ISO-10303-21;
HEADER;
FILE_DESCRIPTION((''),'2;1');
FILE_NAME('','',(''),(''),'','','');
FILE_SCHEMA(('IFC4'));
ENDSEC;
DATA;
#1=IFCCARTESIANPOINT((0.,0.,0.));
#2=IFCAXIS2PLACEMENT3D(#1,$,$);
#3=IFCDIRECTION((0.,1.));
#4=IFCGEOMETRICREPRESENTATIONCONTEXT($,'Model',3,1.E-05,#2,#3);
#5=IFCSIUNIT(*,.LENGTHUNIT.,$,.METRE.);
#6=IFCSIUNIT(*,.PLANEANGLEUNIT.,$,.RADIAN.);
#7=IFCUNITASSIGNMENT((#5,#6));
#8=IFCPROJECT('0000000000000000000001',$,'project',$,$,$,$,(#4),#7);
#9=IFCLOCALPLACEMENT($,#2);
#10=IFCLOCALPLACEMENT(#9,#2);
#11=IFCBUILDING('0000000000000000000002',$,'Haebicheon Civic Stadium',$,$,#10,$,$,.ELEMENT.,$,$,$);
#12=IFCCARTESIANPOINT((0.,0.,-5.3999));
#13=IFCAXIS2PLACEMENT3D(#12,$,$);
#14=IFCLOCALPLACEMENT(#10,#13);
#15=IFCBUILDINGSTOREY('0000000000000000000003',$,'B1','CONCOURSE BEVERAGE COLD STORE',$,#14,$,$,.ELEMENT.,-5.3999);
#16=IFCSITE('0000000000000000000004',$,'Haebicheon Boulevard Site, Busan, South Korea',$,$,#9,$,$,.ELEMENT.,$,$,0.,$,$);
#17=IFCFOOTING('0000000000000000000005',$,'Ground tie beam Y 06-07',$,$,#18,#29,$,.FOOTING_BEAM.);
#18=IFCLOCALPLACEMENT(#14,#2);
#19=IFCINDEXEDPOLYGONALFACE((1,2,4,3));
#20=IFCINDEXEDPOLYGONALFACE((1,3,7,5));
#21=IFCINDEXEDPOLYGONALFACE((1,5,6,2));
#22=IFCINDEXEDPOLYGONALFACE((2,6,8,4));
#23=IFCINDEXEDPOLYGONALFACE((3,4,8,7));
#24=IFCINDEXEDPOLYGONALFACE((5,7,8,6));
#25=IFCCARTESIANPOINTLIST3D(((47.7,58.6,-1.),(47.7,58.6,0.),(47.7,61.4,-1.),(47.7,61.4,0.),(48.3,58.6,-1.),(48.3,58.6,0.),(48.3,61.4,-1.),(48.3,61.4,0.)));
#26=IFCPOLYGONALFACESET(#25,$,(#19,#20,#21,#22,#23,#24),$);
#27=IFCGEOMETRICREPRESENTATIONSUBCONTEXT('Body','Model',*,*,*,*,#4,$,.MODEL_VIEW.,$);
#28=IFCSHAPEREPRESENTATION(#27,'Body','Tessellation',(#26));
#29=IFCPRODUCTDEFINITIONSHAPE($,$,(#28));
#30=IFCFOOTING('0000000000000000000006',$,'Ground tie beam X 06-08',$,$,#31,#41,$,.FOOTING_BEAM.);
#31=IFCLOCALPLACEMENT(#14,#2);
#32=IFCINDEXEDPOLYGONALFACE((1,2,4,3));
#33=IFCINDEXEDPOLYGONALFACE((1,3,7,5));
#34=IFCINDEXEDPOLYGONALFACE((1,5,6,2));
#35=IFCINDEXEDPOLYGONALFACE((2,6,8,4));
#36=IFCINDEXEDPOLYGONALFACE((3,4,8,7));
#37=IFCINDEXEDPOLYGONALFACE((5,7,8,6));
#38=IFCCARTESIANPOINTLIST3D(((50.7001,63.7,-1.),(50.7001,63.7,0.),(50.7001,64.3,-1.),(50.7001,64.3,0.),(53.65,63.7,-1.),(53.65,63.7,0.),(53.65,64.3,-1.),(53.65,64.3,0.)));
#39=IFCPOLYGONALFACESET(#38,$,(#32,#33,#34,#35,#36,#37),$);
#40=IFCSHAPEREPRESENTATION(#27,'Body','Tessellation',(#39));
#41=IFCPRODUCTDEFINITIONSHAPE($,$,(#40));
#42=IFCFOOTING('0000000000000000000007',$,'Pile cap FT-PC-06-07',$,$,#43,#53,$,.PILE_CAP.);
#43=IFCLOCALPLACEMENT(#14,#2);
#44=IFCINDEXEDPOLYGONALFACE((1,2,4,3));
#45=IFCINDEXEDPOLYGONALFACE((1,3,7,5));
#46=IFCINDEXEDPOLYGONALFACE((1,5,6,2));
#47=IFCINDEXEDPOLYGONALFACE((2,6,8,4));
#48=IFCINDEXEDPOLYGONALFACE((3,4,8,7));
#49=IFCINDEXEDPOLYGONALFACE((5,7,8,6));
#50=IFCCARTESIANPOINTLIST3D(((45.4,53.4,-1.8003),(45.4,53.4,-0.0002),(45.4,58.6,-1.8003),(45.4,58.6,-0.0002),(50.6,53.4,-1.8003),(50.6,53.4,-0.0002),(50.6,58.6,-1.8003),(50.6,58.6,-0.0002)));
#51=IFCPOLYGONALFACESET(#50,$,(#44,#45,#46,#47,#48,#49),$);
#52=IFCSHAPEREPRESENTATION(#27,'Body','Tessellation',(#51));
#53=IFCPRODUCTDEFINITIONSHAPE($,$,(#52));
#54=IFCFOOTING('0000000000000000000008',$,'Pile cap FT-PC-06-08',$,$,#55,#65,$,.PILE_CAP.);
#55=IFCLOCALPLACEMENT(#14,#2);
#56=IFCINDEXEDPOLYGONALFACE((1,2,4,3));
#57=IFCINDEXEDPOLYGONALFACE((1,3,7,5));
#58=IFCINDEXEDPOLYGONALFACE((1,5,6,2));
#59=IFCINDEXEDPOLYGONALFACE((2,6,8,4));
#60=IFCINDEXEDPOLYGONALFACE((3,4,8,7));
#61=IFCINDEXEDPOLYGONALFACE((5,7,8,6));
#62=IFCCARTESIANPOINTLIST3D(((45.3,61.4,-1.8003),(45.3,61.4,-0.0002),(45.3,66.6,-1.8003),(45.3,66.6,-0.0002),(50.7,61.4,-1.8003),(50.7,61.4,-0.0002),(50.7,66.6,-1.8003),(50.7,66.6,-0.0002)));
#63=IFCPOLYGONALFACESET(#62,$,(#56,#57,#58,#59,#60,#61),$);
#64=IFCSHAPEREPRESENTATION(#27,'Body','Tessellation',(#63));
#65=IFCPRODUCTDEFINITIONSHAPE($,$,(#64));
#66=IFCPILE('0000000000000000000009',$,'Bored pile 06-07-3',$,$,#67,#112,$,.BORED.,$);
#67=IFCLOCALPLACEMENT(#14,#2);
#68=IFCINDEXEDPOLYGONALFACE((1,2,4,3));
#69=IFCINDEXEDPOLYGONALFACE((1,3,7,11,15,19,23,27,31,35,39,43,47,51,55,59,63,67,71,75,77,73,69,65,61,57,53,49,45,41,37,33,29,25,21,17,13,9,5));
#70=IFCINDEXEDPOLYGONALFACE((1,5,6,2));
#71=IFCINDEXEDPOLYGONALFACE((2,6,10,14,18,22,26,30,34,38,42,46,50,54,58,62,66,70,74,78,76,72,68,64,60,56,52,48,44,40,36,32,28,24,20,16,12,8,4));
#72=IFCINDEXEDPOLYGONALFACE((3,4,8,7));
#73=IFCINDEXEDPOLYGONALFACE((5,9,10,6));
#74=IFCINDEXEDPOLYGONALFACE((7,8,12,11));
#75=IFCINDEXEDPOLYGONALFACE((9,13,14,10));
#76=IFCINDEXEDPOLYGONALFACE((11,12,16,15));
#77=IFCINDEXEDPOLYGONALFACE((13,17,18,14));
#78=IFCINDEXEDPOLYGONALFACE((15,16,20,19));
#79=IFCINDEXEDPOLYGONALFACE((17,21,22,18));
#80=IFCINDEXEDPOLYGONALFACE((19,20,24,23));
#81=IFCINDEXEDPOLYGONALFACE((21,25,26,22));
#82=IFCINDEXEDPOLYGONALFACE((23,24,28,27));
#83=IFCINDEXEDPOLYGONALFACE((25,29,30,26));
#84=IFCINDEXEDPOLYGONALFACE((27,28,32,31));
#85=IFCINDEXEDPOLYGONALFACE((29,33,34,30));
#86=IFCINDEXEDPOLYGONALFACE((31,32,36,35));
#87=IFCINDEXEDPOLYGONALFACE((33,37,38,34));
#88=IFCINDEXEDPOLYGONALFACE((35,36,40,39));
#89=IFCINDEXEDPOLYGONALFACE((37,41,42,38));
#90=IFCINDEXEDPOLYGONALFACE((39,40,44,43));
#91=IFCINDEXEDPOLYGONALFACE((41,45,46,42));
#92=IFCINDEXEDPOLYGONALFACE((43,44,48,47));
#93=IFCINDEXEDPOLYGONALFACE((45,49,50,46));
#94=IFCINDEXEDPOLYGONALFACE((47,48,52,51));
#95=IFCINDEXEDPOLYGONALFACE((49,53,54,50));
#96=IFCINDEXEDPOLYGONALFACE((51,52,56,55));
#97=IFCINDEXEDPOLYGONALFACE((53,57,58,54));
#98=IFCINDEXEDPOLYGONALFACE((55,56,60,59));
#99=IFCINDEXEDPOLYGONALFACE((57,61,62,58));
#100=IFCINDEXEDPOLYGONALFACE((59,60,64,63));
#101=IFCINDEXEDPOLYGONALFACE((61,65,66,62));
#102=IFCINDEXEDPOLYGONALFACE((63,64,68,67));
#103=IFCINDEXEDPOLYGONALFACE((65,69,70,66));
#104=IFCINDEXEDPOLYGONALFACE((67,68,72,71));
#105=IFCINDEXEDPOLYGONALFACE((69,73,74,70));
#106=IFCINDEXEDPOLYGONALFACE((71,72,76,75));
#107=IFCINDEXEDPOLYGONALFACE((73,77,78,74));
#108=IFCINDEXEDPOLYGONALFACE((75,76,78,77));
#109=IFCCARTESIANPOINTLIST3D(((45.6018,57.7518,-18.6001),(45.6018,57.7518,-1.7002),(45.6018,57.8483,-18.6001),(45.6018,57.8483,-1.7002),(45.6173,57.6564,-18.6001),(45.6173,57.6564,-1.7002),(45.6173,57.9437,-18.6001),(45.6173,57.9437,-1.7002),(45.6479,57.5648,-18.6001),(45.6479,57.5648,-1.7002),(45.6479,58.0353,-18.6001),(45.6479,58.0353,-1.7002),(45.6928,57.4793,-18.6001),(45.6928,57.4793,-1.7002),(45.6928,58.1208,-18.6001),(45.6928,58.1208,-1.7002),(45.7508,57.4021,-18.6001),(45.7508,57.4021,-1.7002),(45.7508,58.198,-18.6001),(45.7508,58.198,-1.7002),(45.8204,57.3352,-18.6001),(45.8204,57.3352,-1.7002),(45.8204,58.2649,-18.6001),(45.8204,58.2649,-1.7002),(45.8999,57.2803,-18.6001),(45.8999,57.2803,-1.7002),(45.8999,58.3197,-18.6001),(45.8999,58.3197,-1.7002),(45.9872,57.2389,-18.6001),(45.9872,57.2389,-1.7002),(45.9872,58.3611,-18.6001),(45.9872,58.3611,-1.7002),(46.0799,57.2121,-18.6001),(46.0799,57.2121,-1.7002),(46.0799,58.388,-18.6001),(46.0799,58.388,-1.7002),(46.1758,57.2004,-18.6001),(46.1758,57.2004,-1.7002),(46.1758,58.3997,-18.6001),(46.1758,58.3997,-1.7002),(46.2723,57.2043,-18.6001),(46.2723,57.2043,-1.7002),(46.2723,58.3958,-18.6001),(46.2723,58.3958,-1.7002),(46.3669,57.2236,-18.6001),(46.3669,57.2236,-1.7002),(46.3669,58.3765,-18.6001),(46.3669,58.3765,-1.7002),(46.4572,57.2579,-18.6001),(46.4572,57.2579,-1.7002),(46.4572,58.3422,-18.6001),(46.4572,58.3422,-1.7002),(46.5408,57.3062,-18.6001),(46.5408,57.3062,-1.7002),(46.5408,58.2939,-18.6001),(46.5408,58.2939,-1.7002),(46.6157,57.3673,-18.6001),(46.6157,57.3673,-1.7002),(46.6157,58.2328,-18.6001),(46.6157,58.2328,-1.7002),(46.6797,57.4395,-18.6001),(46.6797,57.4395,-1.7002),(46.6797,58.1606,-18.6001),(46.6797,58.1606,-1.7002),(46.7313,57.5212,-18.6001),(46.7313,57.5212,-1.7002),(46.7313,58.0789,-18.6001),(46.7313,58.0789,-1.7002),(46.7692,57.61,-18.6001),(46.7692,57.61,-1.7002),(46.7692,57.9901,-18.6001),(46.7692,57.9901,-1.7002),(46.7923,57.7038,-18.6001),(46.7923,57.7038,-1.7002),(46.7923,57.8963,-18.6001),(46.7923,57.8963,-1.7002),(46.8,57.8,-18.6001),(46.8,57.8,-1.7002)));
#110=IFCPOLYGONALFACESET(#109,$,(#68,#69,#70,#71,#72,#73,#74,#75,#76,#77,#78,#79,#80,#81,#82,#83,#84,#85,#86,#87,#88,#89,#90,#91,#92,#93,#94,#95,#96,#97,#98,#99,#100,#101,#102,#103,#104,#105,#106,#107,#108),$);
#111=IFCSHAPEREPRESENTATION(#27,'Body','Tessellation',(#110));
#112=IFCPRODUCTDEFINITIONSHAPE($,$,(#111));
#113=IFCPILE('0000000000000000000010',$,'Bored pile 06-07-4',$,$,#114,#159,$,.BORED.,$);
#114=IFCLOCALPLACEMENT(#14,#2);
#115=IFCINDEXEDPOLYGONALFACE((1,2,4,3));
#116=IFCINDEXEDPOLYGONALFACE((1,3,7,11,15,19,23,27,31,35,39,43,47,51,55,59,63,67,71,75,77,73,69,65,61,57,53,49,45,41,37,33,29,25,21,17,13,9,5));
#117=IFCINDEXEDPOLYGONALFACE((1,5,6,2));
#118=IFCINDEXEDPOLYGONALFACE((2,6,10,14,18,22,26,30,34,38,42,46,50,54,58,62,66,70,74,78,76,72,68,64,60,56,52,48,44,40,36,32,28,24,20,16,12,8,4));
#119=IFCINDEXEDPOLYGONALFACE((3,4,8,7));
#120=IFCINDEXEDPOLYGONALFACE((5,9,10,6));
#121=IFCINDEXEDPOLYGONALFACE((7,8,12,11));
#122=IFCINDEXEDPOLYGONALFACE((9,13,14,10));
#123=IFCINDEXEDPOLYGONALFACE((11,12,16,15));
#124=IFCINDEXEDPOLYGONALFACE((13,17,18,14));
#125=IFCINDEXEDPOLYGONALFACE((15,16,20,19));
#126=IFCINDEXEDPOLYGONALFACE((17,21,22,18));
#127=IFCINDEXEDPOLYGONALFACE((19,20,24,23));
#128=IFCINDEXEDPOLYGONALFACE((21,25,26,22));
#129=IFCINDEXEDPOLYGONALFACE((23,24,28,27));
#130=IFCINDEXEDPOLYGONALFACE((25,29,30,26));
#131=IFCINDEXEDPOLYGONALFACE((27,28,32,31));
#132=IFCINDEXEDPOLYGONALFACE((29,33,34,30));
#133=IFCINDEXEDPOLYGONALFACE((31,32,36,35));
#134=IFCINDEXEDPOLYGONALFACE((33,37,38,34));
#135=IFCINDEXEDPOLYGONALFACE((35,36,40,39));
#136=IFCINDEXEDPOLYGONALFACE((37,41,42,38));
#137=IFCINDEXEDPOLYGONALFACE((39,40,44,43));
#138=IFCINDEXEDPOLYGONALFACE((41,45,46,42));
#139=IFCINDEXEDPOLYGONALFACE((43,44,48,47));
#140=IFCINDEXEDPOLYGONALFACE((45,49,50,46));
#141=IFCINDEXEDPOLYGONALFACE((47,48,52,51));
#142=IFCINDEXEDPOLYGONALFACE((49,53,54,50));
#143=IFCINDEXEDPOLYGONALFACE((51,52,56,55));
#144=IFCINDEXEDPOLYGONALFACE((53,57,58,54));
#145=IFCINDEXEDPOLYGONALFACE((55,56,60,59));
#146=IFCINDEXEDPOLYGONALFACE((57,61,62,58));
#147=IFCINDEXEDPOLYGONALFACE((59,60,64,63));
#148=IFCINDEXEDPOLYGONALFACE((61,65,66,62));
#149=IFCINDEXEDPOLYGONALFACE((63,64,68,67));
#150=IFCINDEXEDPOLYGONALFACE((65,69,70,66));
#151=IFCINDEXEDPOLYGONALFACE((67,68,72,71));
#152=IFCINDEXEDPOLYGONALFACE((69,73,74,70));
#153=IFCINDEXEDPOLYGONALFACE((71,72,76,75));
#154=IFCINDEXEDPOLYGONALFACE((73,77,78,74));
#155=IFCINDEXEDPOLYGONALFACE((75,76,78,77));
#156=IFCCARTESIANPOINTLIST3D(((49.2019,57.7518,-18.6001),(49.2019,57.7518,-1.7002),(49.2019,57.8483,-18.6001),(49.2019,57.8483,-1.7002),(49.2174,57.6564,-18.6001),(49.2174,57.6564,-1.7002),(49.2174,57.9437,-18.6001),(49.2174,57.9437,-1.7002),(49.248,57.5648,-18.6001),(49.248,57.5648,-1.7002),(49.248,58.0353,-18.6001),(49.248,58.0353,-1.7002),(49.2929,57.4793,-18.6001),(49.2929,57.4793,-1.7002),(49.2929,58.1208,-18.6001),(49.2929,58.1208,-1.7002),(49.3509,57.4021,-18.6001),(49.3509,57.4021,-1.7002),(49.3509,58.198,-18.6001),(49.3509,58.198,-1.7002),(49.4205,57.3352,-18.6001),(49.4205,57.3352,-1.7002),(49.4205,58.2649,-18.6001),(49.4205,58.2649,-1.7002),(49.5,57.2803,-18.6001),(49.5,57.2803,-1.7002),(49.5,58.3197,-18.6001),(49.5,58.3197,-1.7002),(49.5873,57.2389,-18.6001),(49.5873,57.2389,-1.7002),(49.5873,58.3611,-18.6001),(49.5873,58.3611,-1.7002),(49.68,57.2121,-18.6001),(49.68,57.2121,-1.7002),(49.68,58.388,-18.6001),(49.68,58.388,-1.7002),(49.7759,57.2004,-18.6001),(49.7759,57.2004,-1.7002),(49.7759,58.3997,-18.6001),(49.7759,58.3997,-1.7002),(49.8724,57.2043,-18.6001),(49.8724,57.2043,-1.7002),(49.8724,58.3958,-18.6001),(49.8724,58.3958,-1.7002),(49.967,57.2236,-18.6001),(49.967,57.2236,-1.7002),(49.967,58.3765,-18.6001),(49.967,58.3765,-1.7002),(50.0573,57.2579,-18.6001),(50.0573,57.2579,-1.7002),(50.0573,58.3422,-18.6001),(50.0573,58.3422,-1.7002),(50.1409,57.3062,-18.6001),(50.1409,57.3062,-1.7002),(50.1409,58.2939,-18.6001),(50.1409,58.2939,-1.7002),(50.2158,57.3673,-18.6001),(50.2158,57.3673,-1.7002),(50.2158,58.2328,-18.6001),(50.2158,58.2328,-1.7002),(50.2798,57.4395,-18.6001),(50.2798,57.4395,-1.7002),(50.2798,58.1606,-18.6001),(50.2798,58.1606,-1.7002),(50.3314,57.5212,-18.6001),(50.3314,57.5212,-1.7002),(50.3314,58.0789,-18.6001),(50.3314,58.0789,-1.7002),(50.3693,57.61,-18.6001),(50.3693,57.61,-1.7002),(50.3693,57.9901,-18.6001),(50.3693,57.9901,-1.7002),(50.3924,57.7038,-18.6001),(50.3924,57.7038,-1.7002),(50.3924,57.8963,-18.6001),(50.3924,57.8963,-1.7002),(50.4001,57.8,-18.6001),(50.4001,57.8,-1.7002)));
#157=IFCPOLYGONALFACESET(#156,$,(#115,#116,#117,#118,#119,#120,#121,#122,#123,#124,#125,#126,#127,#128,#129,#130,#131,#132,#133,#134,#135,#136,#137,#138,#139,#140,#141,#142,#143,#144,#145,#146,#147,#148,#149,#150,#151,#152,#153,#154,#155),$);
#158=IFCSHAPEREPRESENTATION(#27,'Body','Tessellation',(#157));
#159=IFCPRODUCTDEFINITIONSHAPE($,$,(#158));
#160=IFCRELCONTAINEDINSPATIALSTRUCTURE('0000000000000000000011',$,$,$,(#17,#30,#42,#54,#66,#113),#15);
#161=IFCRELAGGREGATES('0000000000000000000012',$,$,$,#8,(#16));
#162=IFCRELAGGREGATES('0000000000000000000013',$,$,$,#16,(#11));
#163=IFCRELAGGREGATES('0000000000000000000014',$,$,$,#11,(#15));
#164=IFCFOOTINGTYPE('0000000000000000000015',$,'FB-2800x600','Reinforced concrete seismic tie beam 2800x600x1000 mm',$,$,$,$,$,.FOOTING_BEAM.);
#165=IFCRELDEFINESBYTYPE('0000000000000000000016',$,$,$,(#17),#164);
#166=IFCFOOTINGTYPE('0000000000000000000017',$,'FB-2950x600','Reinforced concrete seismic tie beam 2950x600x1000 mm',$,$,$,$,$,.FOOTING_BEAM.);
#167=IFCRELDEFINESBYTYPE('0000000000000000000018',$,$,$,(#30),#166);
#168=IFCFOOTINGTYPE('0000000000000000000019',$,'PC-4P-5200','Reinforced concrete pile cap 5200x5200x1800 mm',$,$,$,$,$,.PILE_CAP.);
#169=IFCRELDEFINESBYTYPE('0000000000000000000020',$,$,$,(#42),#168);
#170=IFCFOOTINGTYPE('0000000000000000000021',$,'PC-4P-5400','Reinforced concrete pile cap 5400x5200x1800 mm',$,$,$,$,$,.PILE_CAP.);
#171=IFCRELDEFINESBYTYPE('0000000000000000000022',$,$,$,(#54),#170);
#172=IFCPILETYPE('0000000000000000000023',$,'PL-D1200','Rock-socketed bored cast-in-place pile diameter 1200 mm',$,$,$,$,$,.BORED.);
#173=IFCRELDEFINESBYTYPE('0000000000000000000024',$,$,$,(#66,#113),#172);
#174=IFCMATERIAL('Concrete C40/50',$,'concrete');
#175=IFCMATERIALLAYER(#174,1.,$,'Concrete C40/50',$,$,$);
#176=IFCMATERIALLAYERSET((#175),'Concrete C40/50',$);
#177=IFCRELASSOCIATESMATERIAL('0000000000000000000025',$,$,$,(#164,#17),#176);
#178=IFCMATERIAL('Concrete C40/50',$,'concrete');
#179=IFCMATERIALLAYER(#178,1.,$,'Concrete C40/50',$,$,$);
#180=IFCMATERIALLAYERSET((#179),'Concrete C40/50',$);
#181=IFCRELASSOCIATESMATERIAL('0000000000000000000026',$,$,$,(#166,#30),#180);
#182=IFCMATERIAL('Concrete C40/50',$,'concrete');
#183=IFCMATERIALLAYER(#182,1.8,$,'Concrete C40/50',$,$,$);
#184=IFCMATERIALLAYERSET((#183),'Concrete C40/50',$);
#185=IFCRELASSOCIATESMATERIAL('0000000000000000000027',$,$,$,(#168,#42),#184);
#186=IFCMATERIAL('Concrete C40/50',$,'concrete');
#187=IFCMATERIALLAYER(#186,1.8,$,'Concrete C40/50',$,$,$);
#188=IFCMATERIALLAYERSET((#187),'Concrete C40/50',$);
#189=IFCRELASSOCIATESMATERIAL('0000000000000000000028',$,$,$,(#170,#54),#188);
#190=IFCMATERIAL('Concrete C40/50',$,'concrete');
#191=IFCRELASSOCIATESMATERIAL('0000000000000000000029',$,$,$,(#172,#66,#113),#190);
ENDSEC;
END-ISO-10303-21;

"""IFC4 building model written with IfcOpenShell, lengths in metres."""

from ifc_helpers import new_model, si_unit, direction, frame, origin, origin_2d, place, context, subcontext, project, spatial, rectangle, circle, extrude, material, layer, layer_set, material_profile, profile_set, type_object, element, save


model = new_model("IFC4")

# Units and contexts
model_context = context("Model", 3, precision=1e-05, world=origin(), true_north=direction((0.0, 1.0)))
body_context = subcontext(model_context, "Body", "Model", "MODEL_VIEW")
ifc_project = project(units=[si_unit("LENGTHUNIT", "METRE"), si_unit("PLANEANGLEUNIT", "RADIAN")], contexts=[model_context])

# Site, building, storey
site_placement = place(None, origin())
site = spatial("IfcSite", under=ifc_project, at=site_placement, Name="Haebicheon Boulevard Site, Busan, South Korea", CompositionType="ELEMENT", RefElevation=0.0)
building_placement = place(site_placement, origin())
building = spatial("IfcBuilding", under=site, at=building_placement, Name="Haebicheon Civic Stadium", CompositionType="ELEMENT")
storey_placement = place(building_placement, frame((0.0, 0.0, -5.3999)))
storey = spatial("IfcBuildingStorey", under=building, at=storey_placement, Name="B1", Description="CONCOURSE BEVERAGE COLD STORE", CompositionType="ELEMENT", Elevation=-5.3999)

# Footings
ifc_material_1 = material(Name="Concrete C40/50", Category="concrete")
ifc_layer_1 = layer(ifc_material_1, 1.0, Name="Concrete C40/50")
ifc_layer_set_1 = layer_set([ifc_layer_1], Name="Concrete C40/50")
footing_type_1 = type_object("IfcFootingType", Name="FB-2800x600", Description="Reinforced concrete seismic tie beam 2800x600x1000 mm", PredefinedType="FOOTING_BEAM", material=ifc_layer_set_1)
footing_1_placement = place(storey_placement, frame((48.0, 60.0, -1.0), z_axis=(0.0, 0.0, 1.0), x_axis=(0.0, 1.0, 0.0)))
element("IfcFooting", 1, at=footing_1_placement, inside=storey, type_object=footing_type_1, material=ifc_layer_set_1, Name="Ground tie beam Y 06-07", PredefinedType="FOOTING_BEAM", context=body_context, shape_type="SweptSolid", body=[
    extrude(rectangle(XDim=2.8, YDim=0.6001, at=origin_2d()), origin(), (0.0, 0.0, 1.0), 1.0),
])
ifc_material_2 = material(Name="Concrete C40/50", Category="concrete")
ifc_layer_2 = layer(ifc_material_2, 1.0, Name="Concrete C40/50")
ifc_layer_set_2 = layer_set([ifc_layer_2], Name="Concrete C40/50")
footing_type_2 = type_object("IfcFootingType", Name="FB-2950x600", Description="Reinforced concrete seismic tie beam 2950x600x1000 mm", PredefinedType="FOOTING_BEAM", material=ifc_layer_set_2)
footing_2_placement = place(storey_placement, frame((52.175, 64.0, -1.0), z_axis=(0.0, 0.0, 1.0), x_axis=(1.0, 0.0, 0.0)))
element("IfcFooting", 2, at=footing_2_placement, inside=storey, type_object=footing_type_2, material=ifc_layer_set_2, Name="Ground tie beam X 06-08", PredefinedType="FOOTING_BEAM", context=body_context, shape_type="SweptSolid", body=[
    extrude(rectangle(XDim=2.95, YDim=0.6001, at=origin_2d()), origin(), (0.0, 0.0, 1.0), 1.0),
])
ifc_material_3 = material(Name="Concrete C40/50", Category="concrete")
ifc_layer_3 = layer(ifc_material_3, 1.8, Name="Concrete C40/50")
ifc_layer_set_3 = layer_set([ifc_layer_3], Name="Concrete C40/50")
footing_type_3 = type_object("IfcFootingType", Name="PC-4P-5200", Description="Reinforced concrete pile cap 5200x5200x1800 mm", PredefinedType="PILE_CAP", material=ifc_layer_set_3)
footing_3_placement = place(storey_placement, frame((48.0, 56.0, -1.8003), z_axis=(0.0, 0.0, 1.0), x_axis=(1.0, 0.0, 0.0)))
element("IfcFooting", 3, at=footing_3_placement, inside=storey, type_object=footing_type_3, material=ifc_layer_set_3, Name="Pile cap FT-PC-06-07", PredefinedType="PILE_CAP", context=body_context, shape_type="SweptSolid", body=[
    extrude(rectangle(XDim=5.2, YDim=5.2, at=origin_2d()), origin(), (0.0, 0.0, 1.0), 1.8),
])
ifc_material_4 = material(Name="Concrete C40/50", Category="concrete")
ifc_layer_4 = layer(ifc_material_4, 1.8, Name="Concrete C40/50")
ifc_layer_set_4 = layer_set([ifc_layer_4], Name="Concrete C40/50")
footing_type_4 = type_object("IfcFootingType", Name="PC-4P-5400", Description="Reinforced concrete pile cap 5400x5200x1800 mm", PredefinedType="PILE_CAP", material=ifc_layer_set_4)
footing_4_placement = place(storey_placement, frame((48.0, 64.0, -1.8003), z_axis=(0.0, 0.0, 1.0), x_axis=(1.0, 0.0, 0.0)))
element("IfcFooting", 4, at=footing_4_placement, inside=storey, type_object=footing_type_4, material=ifc_layer_set_4, Name="Pile cap FT-PC-06-08", PredefinedType="PILE_CAP", context=body_context, shape_type="SweptSolid", body=[
    extrude(rectangle(XDim=5.3999, YDim=5.2, at=origin_2d()), origin(), (0.0, 0.0, 1.0), 1.8),
])

# Piles
ifc_material_5 = material(Name="Concrete C40/50", Category="concrete")
ifc_material_profile_1 = material_profile(ifc_material_5, circle(Radius=0.6001, at=origin_2d()), Name="PILE-D1200")
ifc_profile_set_1 = profile_set([ifc_material_profile_1], Name="Concrete C40/50")
pile_type = type_object("IfcPileType", Name="PL-D1200", Description="Rock-socketed bored cast-in-place pile diameter 1200 mm", PredefinedType="BORED", material=ifc_profile_set_1)
for number, where, z_axis, x_axis, name in (
    (5, (46.2, 57.8, -1.7002), (0.0, 0.0, -1.0), (1.0, 0.0, 0.0), "Bored pile 06-07-3"),
    (6, (49.8, 57.8, -1.7002), (0.0, 0.0, -1.0), (1.0, 0.0, 0.0), "Bored pile 06-07-4"),
):
    element("IfcPile", number, at=place(storey_placement, frame(where, z_axis=z_axis, x_axis=x_axis)), inside=storey, type_object=pile_type, material=ifc_profile_set_1, Name=name, PredefinedType="BORED", context=body_context, shape_type="SweptSolid", body=[
        extrude(circle(Radius=0.6001, at=origin_2d()), origin(), (0.0, 0.0, 1.0), 16.8999),
    ])

save(model, "model.ifc")
